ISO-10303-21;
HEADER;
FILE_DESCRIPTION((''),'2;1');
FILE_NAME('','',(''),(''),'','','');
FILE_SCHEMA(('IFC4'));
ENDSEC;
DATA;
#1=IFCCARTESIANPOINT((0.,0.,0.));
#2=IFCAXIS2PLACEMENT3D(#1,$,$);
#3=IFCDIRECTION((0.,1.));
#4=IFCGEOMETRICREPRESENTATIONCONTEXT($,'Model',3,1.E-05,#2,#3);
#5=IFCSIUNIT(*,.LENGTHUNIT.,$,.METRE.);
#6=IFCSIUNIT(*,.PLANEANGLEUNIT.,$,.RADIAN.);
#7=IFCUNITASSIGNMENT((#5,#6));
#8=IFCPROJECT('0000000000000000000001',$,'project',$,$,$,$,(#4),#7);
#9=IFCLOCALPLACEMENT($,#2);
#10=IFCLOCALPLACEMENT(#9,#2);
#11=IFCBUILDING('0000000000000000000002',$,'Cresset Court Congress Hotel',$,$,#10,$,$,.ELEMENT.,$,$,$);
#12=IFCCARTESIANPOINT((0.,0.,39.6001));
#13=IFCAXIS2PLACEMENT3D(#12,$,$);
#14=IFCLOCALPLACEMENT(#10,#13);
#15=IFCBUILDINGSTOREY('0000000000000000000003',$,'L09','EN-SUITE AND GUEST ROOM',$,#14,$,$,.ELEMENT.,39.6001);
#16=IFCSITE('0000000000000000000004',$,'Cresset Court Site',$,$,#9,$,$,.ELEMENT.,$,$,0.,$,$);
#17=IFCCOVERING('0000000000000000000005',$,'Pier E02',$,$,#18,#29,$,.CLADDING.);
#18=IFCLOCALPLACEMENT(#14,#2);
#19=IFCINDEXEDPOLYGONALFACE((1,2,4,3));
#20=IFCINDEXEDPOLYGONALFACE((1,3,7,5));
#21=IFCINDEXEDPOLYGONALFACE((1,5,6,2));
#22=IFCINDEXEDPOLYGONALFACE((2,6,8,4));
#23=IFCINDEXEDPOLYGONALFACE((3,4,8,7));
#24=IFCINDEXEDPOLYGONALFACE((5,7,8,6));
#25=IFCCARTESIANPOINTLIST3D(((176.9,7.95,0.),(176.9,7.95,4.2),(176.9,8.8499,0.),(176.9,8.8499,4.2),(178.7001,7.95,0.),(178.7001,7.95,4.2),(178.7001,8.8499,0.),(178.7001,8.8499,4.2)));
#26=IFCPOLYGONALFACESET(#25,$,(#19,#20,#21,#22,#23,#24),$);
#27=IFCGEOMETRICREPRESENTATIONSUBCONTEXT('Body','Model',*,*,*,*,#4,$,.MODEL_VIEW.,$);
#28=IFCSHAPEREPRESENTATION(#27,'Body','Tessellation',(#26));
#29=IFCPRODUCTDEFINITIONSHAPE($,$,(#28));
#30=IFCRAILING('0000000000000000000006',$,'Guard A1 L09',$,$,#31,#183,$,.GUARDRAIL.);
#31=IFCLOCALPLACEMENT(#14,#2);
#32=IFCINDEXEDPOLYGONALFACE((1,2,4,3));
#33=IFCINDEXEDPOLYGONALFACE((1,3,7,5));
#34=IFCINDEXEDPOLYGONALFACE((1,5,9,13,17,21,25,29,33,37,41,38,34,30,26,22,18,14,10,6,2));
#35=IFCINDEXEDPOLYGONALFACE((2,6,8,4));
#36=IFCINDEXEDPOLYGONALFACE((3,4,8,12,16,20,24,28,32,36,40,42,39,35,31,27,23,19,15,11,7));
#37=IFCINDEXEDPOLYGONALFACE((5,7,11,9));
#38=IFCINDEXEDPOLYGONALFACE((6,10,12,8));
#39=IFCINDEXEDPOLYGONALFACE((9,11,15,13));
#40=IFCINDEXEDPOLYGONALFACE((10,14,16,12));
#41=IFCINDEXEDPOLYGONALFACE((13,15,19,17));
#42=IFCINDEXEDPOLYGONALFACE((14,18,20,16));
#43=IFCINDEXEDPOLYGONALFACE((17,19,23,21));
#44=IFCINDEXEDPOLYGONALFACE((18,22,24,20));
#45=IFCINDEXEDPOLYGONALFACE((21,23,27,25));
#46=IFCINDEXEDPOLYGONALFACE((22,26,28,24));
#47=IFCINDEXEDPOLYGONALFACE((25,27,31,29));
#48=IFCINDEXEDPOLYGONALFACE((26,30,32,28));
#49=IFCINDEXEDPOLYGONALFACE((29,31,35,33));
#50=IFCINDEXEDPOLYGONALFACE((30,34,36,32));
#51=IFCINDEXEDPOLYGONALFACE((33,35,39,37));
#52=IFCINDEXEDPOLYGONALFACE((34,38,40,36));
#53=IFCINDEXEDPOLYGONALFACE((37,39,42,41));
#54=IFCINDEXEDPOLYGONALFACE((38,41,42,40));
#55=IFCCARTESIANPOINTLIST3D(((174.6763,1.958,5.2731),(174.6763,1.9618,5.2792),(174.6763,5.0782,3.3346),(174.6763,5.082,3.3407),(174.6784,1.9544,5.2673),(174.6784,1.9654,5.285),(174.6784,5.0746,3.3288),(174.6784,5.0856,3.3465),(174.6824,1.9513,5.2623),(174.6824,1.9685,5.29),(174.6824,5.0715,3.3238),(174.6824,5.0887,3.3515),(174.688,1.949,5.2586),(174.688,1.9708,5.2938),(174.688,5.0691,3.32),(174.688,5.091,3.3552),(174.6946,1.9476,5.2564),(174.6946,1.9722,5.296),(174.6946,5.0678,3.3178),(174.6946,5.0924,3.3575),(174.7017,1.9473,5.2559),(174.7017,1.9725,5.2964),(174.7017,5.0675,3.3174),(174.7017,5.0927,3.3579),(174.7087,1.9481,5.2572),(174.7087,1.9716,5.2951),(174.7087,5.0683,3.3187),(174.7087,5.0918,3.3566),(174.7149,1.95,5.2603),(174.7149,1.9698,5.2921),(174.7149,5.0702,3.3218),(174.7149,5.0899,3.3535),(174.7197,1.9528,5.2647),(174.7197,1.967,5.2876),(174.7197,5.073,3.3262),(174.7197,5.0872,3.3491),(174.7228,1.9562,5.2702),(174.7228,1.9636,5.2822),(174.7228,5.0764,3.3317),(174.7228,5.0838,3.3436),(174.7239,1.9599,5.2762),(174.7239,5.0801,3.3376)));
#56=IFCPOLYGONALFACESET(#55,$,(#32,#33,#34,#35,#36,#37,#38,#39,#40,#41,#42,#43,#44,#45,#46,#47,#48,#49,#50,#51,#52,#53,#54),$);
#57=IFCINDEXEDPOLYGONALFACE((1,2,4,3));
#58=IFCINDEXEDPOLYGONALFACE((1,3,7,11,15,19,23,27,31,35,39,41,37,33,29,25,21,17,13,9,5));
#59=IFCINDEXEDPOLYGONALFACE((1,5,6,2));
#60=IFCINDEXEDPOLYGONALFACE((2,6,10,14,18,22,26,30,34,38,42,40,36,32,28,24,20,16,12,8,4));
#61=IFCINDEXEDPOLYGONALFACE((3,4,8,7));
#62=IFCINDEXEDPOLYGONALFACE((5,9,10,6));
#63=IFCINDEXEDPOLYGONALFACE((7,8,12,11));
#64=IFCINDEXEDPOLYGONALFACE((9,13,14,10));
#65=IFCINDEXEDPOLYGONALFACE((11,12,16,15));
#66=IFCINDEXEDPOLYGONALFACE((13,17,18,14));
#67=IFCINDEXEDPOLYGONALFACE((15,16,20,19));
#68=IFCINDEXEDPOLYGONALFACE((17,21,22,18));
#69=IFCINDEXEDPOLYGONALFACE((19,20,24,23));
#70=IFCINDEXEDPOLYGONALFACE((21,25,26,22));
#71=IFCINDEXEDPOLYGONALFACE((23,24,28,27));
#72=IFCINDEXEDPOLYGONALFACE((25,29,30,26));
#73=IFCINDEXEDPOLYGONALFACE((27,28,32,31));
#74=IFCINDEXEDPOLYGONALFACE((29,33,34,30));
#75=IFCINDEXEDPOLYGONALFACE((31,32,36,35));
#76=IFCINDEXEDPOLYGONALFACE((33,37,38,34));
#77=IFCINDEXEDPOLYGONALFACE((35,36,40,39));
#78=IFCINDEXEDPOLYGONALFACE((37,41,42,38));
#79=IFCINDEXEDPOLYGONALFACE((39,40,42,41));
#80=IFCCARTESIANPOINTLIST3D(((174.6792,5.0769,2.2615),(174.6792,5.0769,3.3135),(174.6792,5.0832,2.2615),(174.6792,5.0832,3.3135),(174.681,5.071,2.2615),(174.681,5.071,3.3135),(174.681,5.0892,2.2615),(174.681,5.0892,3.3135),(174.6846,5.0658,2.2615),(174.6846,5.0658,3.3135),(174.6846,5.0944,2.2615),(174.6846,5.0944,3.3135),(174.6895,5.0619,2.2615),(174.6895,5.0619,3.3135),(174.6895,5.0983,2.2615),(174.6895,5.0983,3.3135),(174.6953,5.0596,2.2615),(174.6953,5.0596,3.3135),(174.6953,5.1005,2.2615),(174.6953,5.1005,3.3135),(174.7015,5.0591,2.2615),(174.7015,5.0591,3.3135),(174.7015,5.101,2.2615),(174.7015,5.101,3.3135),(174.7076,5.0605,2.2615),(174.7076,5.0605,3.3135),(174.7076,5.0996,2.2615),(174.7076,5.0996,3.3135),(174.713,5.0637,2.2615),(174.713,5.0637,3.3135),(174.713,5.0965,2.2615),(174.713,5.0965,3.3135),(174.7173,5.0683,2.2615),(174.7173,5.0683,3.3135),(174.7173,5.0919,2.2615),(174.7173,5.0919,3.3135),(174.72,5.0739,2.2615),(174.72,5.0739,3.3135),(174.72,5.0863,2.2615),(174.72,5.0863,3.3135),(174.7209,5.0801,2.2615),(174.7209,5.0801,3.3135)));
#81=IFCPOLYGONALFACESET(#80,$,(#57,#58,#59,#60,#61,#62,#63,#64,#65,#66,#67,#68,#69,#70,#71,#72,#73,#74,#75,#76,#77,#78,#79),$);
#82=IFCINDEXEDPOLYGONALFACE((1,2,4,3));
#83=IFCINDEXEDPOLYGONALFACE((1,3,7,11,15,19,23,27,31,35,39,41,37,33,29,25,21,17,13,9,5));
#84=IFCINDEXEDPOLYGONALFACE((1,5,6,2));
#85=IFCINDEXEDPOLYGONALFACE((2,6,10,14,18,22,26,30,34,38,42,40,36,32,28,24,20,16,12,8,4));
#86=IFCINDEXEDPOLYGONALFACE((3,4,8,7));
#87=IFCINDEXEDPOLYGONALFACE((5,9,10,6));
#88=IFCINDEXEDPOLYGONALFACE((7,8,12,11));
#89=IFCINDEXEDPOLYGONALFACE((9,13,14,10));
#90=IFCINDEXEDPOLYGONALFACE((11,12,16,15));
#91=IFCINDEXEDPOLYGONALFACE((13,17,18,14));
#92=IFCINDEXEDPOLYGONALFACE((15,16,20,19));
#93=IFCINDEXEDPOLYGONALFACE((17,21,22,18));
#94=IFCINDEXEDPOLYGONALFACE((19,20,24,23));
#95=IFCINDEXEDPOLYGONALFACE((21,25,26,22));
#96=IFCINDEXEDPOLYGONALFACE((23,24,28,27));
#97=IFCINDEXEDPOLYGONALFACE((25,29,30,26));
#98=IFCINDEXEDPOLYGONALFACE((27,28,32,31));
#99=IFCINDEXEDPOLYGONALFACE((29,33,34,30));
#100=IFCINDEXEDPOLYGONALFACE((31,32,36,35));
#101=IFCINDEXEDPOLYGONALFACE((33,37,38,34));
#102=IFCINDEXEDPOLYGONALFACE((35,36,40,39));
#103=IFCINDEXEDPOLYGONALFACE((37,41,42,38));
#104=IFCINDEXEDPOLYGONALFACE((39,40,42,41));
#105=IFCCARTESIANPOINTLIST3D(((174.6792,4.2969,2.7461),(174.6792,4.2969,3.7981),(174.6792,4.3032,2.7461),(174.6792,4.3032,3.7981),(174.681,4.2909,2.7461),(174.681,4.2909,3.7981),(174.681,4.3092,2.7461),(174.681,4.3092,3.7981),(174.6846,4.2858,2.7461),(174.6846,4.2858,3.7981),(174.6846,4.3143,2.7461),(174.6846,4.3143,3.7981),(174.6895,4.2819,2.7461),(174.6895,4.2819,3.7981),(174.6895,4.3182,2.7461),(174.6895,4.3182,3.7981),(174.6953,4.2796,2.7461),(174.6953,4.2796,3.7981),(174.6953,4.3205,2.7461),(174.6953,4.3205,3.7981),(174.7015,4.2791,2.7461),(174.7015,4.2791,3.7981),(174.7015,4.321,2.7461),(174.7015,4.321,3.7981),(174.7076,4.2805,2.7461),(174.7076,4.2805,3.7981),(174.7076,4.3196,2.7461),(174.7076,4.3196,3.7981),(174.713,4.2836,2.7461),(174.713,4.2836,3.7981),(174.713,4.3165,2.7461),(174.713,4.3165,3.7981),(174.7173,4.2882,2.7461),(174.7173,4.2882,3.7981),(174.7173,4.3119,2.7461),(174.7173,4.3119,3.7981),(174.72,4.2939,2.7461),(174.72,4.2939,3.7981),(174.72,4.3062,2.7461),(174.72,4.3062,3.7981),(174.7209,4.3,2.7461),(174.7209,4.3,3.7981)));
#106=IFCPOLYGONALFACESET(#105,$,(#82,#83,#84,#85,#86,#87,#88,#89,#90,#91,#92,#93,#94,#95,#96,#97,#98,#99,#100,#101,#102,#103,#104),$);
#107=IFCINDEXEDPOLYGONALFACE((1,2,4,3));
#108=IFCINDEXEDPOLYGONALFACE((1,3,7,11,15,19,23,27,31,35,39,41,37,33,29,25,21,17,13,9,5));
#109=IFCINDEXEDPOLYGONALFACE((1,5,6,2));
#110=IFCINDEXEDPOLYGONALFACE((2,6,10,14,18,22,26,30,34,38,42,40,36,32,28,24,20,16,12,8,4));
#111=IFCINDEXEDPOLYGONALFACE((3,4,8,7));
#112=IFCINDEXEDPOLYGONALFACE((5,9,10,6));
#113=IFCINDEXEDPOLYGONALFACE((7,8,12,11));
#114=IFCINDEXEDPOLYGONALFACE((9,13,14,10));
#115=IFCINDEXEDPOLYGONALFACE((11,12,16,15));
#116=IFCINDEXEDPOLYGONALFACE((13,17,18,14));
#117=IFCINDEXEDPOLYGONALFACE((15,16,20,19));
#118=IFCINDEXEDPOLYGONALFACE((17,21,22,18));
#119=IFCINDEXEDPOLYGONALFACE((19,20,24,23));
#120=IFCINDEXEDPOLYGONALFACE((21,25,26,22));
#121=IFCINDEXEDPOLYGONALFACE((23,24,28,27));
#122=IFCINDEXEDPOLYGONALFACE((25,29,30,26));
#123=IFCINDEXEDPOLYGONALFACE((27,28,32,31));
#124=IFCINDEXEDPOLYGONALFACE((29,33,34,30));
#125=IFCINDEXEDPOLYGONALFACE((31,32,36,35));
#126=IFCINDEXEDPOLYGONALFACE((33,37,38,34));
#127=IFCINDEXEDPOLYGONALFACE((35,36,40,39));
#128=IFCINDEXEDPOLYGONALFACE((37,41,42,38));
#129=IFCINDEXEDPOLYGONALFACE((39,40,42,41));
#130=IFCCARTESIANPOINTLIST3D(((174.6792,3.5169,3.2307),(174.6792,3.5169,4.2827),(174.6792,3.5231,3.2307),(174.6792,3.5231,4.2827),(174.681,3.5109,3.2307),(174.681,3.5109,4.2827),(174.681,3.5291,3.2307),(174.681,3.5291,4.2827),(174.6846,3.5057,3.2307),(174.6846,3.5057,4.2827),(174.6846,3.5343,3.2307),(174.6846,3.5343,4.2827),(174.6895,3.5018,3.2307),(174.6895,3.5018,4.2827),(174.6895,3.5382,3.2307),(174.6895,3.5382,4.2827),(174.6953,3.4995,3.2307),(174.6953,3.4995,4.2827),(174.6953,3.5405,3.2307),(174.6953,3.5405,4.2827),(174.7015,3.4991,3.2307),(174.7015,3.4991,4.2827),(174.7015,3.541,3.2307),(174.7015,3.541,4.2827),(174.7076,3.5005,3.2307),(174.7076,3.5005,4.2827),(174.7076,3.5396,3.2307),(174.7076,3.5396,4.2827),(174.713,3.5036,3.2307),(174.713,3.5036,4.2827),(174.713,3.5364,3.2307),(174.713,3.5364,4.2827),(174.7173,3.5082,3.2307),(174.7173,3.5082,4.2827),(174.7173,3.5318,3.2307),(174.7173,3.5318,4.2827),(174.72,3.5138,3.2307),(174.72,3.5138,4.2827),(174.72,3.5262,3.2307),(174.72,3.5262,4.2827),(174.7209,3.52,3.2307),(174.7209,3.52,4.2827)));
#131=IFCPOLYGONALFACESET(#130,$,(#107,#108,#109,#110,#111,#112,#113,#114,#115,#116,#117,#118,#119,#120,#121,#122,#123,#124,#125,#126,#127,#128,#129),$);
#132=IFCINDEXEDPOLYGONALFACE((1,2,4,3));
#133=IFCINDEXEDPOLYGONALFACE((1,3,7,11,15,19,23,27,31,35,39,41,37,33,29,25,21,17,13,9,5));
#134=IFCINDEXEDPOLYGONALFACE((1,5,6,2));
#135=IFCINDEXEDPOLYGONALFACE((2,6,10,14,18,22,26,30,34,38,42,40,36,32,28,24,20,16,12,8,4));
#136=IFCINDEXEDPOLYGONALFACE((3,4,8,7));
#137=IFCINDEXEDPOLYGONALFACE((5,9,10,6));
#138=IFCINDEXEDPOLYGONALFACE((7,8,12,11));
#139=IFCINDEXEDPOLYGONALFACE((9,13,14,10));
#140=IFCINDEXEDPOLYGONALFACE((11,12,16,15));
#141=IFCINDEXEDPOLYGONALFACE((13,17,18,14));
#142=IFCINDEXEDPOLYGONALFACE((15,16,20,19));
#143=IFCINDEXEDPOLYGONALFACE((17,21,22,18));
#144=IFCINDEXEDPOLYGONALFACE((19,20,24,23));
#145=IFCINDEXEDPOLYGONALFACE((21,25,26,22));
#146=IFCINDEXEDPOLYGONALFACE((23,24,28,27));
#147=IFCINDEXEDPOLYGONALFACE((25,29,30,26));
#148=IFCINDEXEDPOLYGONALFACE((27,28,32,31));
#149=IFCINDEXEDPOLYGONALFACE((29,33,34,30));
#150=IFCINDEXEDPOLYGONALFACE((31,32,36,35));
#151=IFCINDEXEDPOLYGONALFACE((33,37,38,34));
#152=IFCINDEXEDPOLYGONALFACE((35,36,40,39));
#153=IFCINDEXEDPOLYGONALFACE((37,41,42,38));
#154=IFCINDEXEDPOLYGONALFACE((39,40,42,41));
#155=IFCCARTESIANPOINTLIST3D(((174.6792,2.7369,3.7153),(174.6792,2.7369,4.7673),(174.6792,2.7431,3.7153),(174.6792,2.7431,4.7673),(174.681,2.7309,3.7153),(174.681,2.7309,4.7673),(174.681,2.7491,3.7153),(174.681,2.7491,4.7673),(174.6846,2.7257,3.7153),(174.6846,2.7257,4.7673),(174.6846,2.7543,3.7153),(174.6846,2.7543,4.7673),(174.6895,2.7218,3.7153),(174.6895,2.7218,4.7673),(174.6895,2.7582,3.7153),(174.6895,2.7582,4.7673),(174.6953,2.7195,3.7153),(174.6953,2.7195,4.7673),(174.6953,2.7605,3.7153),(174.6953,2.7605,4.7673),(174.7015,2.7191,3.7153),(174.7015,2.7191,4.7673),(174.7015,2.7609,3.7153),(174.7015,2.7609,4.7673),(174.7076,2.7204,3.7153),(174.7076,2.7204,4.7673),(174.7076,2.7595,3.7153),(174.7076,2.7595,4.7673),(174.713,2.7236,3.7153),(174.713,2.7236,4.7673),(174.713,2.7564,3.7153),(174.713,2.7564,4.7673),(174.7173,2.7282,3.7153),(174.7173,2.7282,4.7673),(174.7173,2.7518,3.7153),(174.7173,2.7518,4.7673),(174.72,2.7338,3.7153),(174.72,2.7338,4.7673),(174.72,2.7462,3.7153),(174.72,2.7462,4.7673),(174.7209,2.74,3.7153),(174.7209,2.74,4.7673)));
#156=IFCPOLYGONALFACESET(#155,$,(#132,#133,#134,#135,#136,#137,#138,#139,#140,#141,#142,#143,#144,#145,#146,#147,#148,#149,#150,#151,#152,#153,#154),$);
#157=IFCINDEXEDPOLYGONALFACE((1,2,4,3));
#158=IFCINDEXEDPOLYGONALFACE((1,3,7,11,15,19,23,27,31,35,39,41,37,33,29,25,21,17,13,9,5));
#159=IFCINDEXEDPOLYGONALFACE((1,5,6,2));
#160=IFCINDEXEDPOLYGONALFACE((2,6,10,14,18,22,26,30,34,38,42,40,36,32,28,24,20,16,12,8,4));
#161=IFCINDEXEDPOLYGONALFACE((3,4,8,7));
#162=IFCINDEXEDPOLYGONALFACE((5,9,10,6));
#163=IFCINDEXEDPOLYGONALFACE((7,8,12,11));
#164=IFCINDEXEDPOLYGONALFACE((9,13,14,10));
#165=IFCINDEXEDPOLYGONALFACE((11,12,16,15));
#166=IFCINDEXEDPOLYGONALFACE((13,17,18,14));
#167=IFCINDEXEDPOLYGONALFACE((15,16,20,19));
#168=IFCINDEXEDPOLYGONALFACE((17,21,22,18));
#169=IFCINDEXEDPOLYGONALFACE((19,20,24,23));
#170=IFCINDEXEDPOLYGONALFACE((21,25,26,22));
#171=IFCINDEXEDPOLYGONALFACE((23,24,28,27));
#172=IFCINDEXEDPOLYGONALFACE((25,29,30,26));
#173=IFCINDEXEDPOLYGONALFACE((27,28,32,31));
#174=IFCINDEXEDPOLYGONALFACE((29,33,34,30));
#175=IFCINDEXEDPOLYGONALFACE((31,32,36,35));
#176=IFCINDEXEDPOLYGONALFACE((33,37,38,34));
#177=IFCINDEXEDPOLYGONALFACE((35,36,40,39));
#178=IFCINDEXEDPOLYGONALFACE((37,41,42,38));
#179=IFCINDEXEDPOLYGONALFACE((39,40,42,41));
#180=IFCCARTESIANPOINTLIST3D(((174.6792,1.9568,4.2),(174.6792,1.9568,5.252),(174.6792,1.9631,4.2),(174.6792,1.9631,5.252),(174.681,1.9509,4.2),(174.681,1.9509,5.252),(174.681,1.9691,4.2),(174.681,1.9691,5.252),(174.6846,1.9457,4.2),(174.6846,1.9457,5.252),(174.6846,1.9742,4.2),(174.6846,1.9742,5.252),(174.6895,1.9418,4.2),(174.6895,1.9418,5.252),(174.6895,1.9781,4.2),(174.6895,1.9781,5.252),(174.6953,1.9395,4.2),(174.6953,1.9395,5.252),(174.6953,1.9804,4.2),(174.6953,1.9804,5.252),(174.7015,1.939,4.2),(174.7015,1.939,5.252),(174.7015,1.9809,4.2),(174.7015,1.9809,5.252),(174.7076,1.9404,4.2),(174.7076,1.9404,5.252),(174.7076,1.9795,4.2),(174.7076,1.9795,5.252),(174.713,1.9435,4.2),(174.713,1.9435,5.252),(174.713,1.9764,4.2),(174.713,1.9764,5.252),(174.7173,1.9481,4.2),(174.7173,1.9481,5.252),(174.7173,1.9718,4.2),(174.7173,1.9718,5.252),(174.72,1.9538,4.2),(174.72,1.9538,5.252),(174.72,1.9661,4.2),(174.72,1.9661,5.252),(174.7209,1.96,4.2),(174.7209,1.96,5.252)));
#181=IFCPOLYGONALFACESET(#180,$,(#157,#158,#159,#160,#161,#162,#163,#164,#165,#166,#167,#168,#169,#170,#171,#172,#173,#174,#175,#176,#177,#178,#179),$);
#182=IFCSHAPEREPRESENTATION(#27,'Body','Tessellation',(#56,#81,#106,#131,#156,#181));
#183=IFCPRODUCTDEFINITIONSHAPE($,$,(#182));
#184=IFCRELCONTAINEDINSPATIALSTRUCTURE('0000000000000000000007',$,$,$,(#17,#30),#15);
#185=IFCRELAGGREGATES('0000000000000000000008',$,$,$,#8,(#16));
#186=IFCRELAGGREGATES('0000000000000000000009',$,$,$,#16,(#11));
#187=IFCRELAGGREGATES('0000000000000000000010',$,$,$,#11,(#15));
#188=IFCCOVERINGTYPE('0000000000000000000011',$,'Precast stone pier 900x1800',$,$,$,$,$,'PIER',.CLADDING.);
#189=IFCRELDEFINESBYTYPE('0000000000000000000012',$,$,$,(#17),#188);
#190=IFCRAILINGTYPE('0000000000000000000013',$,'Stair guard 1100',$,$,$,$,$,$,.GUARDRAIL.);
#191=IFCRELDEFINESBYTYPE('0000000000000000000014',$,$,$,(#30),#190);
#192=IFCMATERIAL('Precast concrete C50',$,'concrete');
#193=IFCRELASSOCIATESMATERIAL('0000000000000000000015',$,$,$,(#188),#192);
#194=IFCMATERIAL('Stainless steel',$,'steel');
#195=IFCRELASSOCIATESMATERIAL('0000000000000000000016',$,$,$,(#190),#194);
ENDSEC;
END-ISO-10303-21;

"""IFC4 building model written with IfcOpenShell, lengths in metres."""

from ifc_helpers import new_model, si_unit, direction, frame, origin, origin_2d, place, context, subcontext, project, spatial, rectangle, circle, extrude, material, type_object, element, save


model = new_model("IFC4")

# Units and contexts
model_context = context("Model", 3, precision=1e-05, world=origin(), true_north=direction((0.0, 1.0)))
body_context = subcontext(model_context, "Body", "Model", "MODEL_VIEW")
ifc_project = project(units=[si_unit("LENGTHUNIT", "METRE"), si_unit("PLANEANGLEUNIT", "RADIAN")], contexts=[model_context])

# Site, building, storey
site_placement = place(None, origin())
site = spatial("IfcSite", under=ifc_project, at=site_placement, Name="Cresset Court Site", CompositionType="ELEMENT", RefElevation=0.0)
building_placement = place(site_placement, origin())
building = spatial("IfcBuilding", under=site, at=building_placement, Name="Cresset Court Congress Hotel", CompositionType="ELEMENT")
storey_placement = place(building_placement, frame((0.0, 0.0, 39.6001)))
storey = spatial("IfcBuildingStorey", under=building, at=storey_placement, Name="L09", Description="EN-SUITE AND GUEST ROOM", CompositionType="ELEMENT", Elevation=39.6001)

# Covering
ifc_material_1 = material(Name="Precast concrete C50", Category="concrete")
covering_type_1 = type_object("IfcCoveringType", Name="Precast stone pier 900x1800", ElementType="PIER", PredefinedType="CLADDING", material=ifc_material_1)
covering_placement = place(storey_placement, frame((177.8, 8.3999, 0.0), z_axis=(0.0, 0.0, 1.0), x_axis=(1.0, 0.0, 0.0)))
element("IfcCovering", 1, at=covering_placement, inside=storey, type_object=covering_type_1, Name="Pier E02", PredefinedType="CLADDING", context=body_context, shape_type="SweptSolid", body=[
    extrude(rectangle(XDim=1.8, YDim=0.8999, at=origin_2d()), origin(), (0.0, 0.0, 1.0), 4.2),
])

# Railing
ifc_material_2 = material(Name="Stainless steel", Category="steel")
railing_type_1 = type_object("IfcRailingType", Name="Stair guard 1100", PredefinedType="GUARDRAIL", material=ifc_material_2)
railing_1_placement = place(storey_placement, frame((174.7, 5.0801, 2.2615)))
element("IfcRailing", 2, at=railing_1_placement, inside=storey, type_object=railing_type_1, Name="Guard A1 L09", PredefinedType="GUARDRAIL", context=body_context, shape_type="SweptSolid", body=[
    extrude(circle(Radius=0.0239, at=origin_2d()), frame((0.0, 0.0, 1.0762), z_axis=(0.0, -0.849414, 0.527727), x_axis=(1.0, 0.0, 0.0)), (0.0, 0.0, 1.0), 3.6733),
    extrude(circle(Radius=0.021, at=origin_2d()), origin(), (0.0, 0.0, 1.0), 1.052),
    extrude(circle(Radius=0.021, at=origin_2d()), frame((0.0, -0.78, 0.4846)), (0.0, 0.0, 1.0), 1.052),
    extrude(circle(Radius=0.021, at=origin_2d()), frame((0.0, -1.5601, 0.9692)), (0.0, 0.0, 1.0), 1.052),
    extrude(circle(Radius=0.021, at=origin_2d()), frame((0.0, -2.3401, 1.4539)), (0.0, 0.0, 1.0), 1.052),
    extrude(circle(Radius=0.021, at=origin_2d()), frame((0.0, -3.1201, 1.9385)), (0.0, 0.0, 1.0), 1.052),
])

save(model, "model.ifc")
